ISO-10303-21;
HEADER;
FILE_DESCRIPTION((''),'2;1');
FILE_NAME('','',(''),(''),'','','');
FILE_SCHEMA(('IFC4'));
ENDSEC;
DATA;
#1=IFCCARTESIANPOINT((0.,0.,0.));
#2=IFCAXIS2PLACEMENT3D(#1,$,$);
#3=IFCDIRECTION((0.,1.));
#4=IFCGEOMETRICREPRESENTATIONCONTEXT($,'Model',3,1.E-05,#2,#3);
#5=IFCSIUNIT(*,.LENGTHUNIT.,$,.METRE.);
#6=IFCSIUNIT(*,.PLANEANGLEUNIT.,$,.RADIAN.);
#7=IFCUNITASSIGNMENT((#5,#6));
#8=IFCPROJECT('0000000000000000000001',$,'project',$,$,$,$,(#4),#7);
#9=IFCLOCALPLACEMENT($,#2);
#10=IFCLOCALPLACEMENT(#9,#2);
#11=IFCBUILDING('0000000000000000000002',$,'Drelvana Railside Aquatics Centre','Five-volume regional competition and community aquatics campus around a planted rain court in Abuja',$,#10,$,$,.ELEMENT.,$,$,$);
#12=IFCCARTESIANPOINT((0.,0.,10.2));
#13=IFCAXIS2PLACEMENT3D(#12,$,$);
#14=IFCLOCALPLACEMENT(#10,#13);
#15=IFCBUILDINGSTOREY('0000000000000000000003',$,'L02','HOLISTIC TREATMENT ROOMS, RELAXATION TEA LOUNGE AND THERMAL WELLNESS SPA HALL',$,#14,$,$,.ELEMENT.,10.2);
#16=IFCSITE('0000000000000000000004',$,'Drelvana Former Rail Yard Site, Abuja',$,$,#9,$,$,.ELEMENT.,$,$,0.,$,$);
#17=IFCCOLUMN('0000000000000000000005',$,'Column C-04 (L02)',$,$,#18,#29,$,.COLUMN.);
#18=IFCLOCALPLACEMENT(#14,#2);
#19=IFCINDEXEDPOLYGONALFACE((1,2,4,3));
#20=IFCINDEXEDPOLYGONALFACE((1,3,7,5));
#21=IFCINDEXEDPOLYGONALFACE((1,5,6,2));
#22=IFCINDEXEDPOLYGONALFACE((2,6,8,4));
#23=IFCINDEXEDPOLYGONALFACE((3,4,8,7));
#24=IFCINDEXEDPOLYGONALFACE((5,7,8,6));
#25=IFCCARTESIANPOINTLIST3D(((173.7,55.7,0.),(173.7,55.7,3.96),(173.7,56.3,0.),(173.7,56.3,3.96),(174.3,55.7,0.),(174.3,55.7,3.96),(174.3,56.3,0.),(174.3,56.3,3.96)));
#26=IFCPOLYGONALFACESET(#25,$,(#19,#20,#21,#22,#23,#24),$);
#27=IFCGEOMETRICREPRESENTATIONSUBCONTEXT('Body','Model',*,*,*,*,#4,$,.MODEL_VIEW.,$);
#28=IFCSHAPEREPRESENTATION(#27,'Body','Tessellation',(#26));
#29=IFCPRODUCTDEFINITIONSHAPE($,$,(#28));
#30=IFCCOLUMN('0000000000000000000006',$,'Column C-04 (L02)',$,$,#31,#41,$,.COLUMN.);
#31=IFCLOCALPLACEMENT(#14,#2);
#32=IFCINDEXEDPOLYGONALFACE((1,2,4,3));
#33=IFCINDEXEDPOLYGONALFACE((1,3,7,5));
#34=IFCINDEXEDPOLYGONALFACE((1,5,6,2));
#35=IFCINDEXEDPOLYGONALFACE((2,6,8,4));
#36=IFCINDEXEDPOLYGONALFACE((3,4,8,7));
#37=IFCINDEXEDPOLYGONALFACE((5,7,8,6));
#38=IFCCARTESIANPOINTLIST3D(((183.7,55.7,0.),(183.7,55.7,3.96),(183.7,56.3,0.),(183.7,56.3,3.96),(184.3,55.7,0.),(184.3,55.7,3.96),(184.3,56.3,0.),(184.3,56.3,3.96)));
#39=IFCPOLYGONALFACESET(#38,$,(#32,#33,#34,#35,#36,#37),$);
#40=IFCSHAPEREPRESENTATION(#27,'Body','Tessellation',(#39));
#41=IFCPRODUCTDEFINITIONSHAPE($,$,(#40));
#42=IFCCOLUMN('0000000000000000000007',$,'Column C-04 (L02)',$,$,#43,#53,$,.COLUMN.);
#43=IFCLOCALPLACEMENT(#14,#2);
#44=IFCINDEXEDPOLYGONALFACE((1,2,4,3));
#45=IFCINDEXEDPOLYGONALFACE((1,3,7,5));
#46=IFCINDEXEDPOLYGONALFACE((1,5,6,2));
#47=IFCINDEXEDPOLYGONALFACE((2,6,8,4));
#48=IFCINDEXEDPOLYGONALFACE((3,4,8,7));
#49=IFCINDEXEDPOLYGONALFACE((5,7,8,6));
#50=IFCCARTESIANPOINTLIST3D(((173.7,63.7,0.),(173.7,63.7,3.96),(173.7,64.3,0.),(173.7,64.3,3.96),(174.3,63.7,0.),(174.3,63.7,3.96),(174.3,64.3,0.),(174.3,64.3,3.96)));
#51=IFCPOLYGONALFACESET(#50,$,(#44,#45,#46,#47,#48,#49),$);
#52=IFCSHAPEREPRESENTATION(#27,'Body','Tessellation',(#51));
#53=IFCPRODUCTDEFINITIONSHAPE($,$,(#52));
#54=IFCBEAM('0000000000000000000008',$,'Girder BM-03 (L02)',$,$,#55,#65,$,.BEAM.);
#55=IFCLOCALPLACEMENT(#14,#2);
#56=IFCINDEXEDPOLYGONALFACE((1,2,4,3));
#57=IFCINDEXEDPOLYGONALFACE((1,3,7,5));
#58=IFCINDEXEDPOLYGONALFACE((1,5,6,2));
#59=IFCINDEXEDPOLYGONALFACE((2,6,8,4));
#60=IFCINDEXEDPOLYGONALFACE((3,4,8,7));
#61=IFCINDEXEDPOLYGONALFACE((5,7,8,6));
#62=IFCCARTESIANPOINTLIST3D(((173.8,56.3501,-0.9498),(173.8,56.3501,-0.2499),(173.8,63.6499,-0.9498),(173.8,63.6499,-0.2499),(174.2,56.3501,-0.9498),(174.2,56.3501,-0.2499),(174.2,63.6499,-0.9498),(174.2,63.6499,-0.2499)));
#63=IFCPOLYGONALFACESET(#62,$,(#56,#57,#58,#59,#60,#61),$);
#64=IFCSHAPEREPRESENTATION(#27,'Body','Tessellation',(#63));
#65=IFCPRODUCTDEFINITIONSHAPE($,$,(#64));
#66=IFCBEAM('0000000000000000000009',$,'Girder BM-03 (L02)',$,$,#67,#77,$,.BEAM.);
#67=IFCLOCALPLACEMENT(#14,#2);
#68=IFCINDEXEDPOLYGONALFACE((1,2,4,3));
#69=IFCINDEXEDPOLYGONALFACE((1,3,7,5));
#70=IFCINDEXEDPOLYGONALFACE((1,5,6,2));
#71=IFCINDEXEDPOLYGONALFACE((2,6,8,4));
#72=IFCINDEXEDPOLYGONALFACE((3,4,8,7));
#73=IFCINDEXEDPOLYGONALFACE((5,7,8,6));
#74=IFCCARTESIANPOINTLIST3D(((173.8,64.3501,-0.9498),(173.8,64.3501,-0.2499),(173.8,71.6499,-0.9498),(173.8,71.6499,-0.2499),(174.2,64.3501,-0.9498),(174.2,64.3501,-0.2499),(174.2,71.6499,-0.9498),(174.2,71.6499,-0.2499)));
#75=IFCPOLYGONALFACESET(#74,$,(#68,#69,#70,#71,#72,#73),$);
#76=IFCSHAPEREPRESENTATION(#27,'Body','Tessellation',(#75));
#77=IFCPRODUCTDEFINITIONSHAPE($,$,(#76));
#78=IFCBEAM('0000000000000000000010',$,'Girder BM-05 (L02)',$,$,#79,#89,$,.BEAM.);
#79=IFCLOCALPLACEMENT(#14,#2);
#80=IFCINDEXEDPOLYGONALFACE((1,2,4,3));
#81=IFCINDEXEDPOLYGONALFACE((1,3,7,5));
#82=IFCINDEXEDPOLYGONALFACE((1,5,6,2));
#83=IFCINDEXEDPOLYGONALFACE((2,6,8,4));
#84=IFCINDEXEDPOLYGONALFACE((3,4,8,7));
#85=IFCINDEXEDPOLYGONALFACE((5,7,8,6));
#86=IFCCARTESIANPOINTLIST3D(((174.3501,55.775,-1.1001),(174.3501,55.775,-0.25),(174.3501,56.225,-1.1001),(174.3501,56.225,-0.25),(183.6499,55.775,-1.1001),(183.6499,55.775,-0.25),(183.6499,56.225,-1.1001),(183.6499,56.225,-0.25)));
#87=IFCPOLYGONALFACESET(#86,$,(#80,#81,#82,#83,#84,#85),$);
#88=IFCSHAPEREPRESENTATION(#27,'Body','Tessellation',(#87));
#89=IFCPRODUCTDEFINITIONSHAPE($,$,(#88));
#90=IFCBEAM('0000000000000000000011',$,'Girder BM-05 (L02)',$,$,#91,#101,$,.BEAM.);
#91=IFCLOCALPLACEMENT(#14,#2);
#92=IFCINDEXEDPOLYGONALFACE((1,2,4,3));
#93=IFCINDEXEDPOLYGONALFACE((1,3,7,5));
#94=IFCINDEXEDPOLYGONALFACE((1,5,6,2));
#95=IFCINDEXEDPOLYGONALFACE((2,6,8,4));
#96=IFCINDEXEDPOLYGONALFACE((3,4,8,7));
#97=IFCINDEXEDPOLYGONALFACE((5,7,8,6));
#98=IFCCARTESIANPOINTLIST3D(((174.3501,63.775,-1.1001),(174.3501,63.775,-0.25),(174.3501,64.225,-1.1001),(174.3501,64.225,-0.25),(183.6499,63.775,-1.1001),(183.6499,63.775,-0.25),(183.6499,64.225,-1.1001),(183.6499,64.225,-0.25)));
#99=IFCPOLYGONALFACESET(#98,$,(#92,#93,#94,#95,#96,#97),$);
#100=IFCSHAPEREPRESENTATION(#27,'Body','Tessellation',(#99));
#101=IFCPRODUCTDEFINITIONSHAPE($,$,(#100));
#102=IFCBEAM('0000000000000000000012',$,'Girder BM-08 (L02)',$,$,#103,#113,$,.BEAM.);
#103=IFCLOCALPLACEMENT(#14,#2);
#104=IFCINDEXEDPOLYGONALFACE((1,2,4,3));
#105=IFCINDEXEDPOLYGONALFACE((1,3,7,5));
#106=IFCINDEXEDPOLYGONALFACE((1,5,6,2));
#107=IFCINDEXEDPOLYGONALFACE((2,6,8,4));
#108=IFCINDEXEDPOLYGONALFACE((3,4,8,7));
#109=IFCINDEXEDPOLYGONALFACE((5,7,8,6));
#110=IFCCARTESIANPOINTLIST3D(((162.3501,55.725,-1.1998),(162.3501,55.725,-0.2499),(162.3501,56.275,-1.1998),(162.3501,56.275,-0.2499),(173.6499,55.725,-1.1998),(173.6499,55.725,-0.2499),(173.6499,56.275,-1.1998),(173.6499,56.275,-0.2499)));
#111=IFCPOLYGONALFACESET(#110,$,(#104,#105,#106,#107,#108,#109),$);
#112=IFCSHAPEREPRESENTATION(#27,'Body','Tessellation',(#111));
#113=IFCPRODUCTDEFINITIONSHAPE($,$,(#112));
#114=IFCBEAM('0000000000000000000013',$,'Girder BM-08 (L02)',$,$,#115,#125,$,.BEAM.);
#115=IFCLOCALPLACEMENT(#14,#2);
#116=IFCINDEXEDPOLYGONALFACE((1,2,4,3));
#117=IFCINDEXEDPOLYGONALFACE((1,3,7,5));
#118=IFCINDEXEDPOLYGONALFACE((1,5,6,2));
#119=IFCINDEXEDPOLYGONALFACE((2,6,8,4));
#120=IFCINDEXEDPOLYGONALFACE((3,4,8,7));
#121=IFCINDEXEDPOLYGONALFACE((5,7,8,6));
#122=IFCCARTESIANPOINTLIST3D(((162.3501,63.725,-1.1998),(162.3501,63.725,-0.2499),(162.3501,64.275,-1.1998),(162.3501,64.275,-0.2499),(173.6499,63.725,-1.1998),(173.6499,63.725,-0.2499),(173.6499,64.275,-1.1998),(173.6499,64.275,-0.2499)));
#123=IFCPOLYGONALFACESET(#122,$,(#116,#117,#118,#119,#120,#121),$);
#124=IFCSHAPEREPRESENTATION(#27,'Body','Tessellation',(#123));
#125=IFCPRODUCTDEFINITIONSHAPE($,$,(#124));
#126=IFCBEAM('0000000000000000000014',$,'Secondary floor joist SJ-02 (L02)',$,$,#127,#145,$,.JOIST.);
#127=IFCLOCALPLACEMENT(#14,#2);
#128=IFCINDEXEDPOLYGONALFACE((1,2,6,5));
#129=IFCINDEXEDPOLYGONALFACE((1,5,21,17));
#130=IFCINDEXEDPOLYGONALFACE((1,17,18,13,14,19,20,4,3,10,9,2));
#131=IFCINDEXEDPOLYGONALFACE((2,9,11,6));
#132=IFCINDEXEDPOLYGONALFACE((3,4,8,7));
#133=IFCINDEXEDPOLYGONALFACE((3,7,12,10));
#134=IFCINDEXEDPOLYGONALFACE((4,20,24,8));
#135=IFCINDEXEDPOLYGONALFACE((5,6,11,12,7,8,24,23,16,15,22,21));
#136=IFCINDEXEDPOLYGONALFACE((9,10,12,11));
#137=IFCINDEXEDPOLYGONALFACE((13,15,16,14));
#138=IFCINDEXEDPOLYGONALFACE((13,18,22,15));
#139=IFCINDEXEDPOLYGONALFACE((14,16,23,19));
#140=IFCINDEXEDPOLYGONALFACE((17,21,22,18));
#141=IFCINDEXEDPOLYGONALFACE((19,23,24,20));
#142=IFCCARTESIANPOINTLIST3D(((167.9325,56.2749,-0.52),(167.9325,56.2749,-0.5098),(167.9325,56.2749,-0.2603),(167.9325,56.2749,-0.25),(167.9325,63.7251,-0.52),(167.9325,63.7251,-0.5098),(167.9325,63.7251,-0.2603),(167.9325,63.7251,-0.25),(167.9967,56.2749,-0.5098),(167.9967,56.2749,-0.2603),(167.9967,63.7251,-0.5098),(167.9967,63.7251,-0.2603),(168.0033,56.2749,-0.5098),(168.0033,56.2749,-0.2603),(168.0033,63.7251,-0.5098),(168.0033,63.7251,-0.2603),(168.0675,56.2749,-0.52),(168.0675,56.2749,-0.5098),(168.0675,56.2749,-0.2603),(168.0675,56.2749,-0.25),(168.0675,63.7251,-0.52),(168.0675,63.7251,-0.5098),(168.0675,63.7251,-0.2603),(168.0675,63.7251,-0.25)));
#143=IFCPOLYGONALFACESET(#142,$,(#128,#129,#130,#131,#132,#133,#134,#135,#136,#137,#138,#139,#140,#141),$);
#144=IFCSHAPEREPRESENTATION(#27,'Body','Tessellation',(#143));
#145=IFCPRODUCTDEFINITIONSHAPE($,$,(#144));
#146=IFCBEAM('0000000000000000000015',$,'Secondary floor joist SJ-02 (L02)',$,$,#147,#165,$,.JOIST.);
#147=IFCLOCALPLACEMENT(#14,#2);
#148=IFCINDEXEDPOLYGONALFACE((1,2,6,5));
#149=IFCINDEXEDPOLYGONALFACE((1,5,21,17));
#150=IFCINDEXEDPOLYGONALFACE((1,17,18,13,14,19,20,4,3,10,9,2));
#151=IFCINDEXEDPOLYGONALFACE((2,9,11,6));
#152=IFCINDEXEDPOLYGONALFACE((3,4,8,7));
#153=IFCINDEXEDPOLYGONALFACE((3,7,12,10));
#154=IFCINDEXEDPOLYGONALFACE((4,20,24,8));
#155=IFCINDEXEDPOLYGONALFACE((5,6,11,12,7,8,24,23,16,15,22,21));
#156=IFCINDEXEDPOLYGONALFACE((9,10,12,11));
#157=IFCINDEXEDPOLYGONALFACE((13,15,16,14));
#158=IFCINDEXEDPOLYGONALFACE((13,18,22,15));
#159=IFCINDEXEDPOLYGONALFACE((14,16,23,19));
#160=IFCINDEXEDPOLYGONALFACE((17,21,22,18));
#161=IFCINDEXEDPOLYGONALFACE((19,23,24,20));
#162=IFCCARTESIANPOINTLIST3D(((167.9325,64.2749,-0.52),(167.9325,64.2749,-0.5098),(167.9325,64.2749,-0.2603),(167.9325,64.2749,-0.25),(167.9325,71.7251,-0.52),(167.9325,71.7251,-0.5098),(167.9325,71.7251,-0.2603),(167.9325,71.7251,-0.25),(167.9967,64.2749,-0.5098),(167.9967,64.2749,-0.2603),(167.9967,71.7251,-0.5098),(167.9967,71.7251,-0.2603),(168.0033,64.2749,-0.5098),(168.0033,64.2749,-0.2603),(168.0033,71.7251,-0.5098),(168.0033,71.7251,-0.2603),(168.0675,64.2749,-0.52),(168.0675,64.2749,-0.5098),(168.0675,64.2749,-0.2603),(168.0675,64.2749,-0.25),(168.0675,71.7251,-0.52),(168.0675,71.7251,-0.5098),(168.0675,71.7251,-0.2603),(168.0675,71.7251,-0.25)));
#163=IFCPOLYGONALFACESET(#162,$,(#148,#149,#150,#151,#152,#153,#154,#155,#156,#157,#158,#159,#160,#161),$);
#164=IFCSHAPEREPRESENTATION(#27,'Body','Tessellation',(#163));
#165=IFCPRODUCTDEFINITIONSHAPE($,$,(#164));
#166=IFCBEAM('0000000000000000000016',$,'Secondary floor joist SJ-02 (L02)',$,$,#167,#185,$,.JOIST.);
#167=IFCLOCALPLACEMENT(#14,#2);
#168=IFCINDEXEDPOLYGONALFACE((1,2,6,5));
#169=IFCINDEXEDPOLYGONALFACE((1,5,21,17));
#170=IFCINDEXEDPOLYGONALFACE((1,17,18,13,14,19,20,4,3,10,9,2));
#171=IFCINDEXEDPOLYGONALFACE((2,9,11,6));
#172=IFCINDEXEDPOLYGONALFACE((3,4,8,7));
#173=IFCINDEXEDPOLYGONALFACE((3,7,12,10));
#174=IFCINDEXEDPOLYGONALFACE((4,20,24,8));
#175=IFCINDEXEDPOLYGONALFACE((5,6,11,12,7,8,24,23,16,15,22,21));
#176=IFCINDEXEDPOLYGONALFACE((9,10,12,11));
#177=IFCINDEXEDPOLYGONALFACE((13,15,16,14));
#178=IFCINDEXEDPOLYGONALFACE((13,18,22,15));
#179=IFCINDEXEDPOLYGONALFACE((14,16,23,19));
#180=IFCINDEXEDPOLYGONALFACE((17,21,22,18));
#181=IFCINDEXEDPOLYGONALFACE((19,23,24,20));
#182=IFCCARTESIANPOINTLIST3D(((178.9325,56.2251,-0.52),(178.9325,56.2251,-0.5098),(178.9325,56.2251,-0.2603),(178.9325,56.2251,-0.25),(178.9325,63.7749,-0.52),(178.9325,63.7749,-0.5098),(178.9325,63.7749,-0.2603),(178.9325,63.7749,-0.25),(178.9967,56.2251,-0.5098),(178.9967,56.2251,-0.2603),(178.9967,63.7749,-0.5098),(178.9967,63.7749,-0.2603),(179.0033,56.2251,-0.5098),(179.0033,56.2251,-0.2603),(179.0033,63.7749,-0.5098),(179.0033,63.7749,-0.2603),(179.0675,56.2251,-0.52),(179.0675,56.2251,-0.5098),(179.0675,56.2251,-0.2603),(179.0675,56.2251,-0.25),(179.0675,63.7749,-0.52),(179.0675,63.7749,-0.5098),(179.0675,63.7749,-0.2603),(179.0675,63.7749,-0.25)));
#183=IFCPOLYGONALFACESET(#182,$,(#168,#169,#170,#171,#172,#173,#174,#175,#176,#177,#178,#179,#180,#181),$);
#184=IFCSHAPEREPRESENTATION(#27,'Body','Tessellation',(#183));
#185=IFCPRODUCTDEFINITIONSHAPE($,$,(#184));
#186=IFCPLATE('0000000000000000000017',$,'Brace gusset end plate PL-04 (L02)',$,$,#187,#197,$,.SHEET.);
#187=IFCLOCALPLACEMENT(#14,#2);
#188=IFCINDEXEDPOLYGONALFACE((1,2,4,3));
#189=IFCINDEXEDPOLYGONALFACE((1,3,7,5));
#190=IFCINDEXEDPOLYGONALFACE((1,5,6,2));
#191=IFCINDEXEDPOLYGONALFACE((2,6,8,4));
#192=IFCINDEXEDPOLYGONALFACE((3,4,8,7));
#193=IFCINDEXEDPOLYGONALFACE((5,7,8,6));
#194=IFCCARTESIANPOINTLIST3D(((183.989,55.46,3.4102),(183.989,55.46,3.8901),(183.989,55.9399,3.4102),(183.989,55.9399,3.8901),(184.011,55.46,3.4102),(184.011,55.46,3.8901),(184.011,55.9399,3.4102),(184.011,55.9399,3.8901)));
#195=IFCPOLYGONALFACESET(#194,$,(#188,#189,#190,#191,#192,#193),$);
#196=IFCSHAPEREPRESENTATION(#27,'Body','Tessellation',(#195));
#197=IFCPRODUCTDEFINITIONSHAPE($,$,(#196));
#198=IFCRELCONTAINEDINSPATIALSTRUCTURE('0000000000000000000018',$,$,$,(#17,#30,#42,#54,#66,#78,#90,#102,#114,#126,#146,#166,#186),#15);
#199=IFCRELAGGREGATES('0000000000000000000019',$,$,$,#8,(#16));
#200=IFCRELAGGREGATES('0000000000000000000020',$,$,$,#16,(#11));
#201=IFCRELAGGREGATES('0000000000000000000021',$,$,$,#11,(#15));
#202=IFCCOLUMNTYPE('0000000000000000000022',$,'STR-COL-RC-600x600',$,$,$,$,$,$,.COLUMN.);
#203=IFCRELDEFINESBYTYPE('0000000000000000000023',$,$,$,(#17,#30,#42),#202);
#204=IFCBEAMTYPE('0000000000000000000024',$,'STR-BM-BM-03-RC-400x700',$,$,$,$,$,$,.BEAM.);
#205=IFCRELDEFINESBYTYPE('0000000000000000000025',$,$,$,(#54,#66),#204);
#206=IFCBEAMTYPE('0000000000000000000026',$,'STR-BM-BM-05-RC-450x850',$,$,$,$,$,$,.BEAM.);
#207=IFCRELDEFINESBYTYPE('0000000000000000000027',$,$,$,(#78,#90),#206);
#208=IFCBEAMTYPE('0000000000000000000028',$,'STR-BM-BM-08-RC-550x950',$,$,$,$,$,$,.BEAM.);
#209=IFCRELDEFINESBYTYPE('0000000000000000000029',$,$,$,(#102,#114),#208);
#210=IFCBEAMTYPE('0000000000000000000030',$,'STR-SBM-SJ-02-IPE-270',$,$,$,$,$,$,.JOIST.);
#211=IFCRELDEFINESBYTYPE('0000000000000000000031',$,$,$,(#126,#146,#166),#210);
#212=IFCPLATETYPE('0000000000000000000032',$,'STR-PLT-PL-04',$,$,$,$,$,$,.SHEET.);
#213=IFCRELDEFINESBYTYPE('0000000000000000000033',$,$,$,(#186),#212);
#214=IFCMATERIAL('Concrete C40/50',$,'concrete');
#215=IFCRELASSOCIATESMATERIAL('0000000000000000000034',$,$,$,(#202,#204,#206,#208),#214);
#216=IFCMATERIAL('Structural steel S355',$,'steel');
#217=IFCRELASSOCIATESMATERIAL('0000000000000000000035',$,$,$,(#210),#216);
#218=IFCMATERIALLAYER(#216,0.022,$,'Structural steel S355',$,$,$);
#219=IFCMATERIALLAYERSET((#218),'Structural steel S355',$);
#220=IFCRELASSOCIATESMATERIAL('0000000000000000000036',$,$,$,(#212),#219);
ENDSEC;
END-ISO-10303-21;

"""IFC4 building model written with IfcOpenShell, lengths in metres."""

from ifc_helpers import new_model, si_unit, direction, frame, origin, origin_2d, place, context, subcontext, project, spatial, rectangle, i_section, extrude, material, layer, layer_set, material_profile, profile_set, type_object, element, save


model = new_model("IFC4")

# Units and contexts
model_context = context("Model", 3, precision=1e-05, world=origin(), true_north=direction((0.0, 1.0)))
body_context = subcontext(model_context, "Body", "Model", "MODEL_VIEW")
ifc_project = project(units=[si_unit("LENGTHUNIT", "METRE"), si_unit("PLANEANGLEUNIT", "RADIAN")], contexts=[model_context])

# Site, building, storey
site_placement = place(None, origin())
site = spatial("IfcSite", under=ifc_project, at=site_placement, Name="Drelvana Former Rail Yard Site, Abuja", CompositionType="ELEMENT", RefElevation=0.0)
building_placement = place(site_placement, origin())
building = spatial("IfcBuilding", under=site, at=building_placement, Name="Drelvana Railside Aquatics Centre", Description="Five-volume regional competition and community aquatics campus around a planted rain court in Abuja", CompositionType="ELEMENT")
storey_placement = place(building_placement, frame((0.0, 0.0, 10.2)))
storey = spatial("IfcBuildingStorey", under=building, at=storey_placement, Name="L02", Description="HOLISTIC TREATMENT ROOMS, RELAXATION TEA LOUNGE AND THERMAL WELLNESS SPA HALL", CompositionType="ELEMENT", Elevation=10.2)

# Columns
ifc_material_1 = material(Name="Concrete C40/50", Category="concrete")
ifc_material_profile_1 = material_profile(ifc_material_1, rectangle(XDim=0.6001, YDim=0.6001, at=origin_2d()), Name="RC 600x600")
ifc_profile_set_1 = profile_set([ifc_material_profile_1], Name="Concrete C40/50")
column_type = type_object("IfcColumnType", Name="STR-COL-RC-600x600", PredefinedType="COLUMN", material=ifc_profile_set_1)
for number, where, z_axis, x_axis, name in (
    (1, (174.0, 56.0, 0.0), (0.0, 0.0, 1.0), (1.0, 0.0, 0.0), "Column C-04 (L02)"),
    (2, (184.0, 56.0, 0.0), (0.0, 0.0, 1.0), (1.0, 0.0, 0.0), "Column C-04 (L02)"),
    (3, (174.0, 64.0, 0.0), (0.0, 0.0, 1.0), (1.0, 0.0, 0.0), "Column C-04 (L02)"),
):
    element("IfcColumn", number, at=place(storey_placement, frame(where, z_axis=z_axis, x_axis=x_axis)), inside=storey, type_object=column_type, Name=name, PredefinedType="COLUMN", context=body_context, shape_type="SweptSolid", body=[
        extrude(rectangle(XDim=0.6001, YDim=0.6001, at=origin_2d()), origin(), (0.0, 0.0, 1.0), 3.96),
    ])

# Beams
ifc_material_profile_2 = material_profile(ifc_material_1, rectangle(XDim=0.3999, YDim=0.7, at=origin_2d()), Name="RC 400x700")
ifc_profile_set_2 = profile_set([ifc_material_profile_2], Name="Concrete C40/50")
beam_type_1 = type_object("IfcBeamType", Name="STR-BM-BM-03-RC-400x700", PredefinedType="BEAM", material=ifc_profile_set_2)
for number, where, z_axis, x_axis, name in (
    (4, (174.0, 56.3501, -0.5999), (0.0, 1.0, 0.0), (-1.0, 0.0, 0.0), "Girder BM-03 (L02)"),
    (5, (174.0, 64.3501, -0.5999), (0.0, 1.0, 0.0), (-1.0, 0.0, 0.0), "Girder BM-03 (L02)"),
):
    element("IfcBeam", number, at=place(storey_placement, frame(where, z_axis=z_axis, x_axis=x_axis)), inside=storey, type_object=beam_type_1, Name=name, PredefinedType="BEAM", context=body_context, shape_type="SweptSolid", body=[
        extrude(rectangle(XDim=0.3999, YDim=0.7, at=origin_2d()), origin(), (0.0, 0.0, 1.0), 7.2998),
    ])
ifc_material_profile_3 = material_profile(ifc_material_1, rectangle(XDim=0.45, YDim=0.8501, at=origin_2d()), Name="RC 450x850")
ifc_profile_set_3 = profile_set([ifc_material_profile_3], Name="Concrete C40/50")
beam_type_2 = type_object("IfcBeamType", Name="STR-BM-BM-05-RC-450x850", PredefinedType="BEAM", material=ifc_profile_set_3)
for number, where, z_axis, x_axis, name in (
    (6, (174.3501, 56.0, -0.675), (1.0, 0.0, 0.0), (0.0, 1.0, 0.0), "Girder BM-05 (L02)"),
    (7, (174.3501, 64.0, -0.675), (1.0, 0.0, 0.0), (0.0, 1.0, 0.0), "Girder BM-05 (L02)"),
):
    element("IfcBeam", number, at=place(storey_placement, frame(where, z_axis=z_axis, x_axis=x_axis)), inside=storey, type_object=beam_type_2, Name=name, PredefinedType="BEAM", context=body_context, shape_type="SweptSolid", body=[
        extrude(rectangle(XDim=0.45, YDim=0.8501, at=origin_2d()), origin(), (0.0, 0.0, 1.0), 9.2998),
    ])
ifc_material_profile_4 = material_profile(ifc_material_1, rectangle(XDim=0.55, YDim=0.95, at=origin_2d()), Name="RC 550x950")
ifc_profile_set_4 = profile_set([ifc_material_profile_4], Name="Concrete C40/50")
beam_type_3 = type_object("IfcBeamType", Name="STR-BM-BM-08-RC-550x950", PredefinedType="BEAM", material=ifc_profile_set_4)
for number, where, z_axis, x_axis, name in (
    (8, (162.3501, 56.0, -0.7249), (1.0, 0.0, 0.0), (0.0, 1.0, 0.0), "Girder BM-08 (L02)"),
    (9, (162.3501, 64.0, -0.7249), (1.0, 0.0, 0.0), (0.0, 1.0, 0.0), "Girder BM-08 (L02)"),
):
    element("IfcBeam", number, at=place(storey_placement, frame(where, z_axis=z_axis, x_axis=x_axis)), inside=storey, type_object=beam_type_3, Name=name, PredefinedType="BEAM", context=body_context, shape_type="SweptSolid", body=[
        extrude(rectangle(XDim=0.55, YDim=0.95, at=origin_2d()), origin(), (0.0, 0.0, 1.0), 11.2998),
    ])
ifc_material_2 = material(Name="Structural steel S355", Category="steel")
ifc_material_profile_5 = material_profile(ifc_material_2, i_section(OverallWidth=0.135, OverallDepth=0.27, WebThickness=0.0066, FlangeThickness=0.0103, at=origin_2d()), Name="IPE 270")
ifc_profile_set_5 = profile_set([ifc_material_profile_5], Name="Structural steel S355")
beam_type_4 = type_object("IfcBeamType", Name="STR-SBM-SJ-02-IPE-270", PredefinedType="JOIST", material=ifc_profile_set_5)
for number, where, z_axis, x_axis, name in (
    (10, (168.0, 56.2749, -0.385), (0.0, 1.0, 0.0), (-1.0, 0.0, 0.0), "Secondary floor joist SJ-02 (L02)"),
    (11, (168.0, 64.2749, -0.385), (0.0, 1.0, 0.0), (-1.0, 0.0, 0.0), "Secondary floor joist SJ-02 (L02)"),
):
    element("IfcBeam", number, at=place(storey_placement, frame(where, z_axis=z_axis, x_axis=x_axis)), inside=storey, type_object=beam_type_4, Name=name, PredefinedType="JOIST", context=body_context, shape_type="SweptSolid", body=[
        extrude(i_section(OverallWidth=0.135, OverallDepth=0.27, WebThickness=0.0066, FlangeThickness=0.0103, at=origin_2d()), origin(), (0.0, 0.0, 1.0), 7.4502),
    ])
beam_placement = place(storey_placement, frame((179.0, 56.2251, -0.385), z_axis=(0.0, 1.0, 0.0), x_axis=(-1.0, 0.0, 0.0)))
element("IfcBeam", 12, at=beam_placement, inside=storey, type_object=beam_type_4, Name="Secondary floor joist SJ-02 (L02)", PredefinedType="JOIST", context=body_context, shape_type="SweptSolid", body=[
    extrude(i_section(OverallWidth=0.135, OverallDepth=0.27, WebThickness=0.0066, FlangeThickness=0.0103, at=origin_2d()), origin(), (0.0, 0.0, 1.0), 7.5498),
])

# Plate
ifc_layer_1 = layer(ifc_material_2, 0.022, Name="Structural steel S355")
ifc_layer_set_1 = layer_set([ifc_layer_1], Name="Structural steel S355")
plate_type = type_object("IfcPlateType", Name="STR-PLT-PL-04", PredefinedType="SHEET", material=ifc_layer_set_1)
plate_placement = place(storey_placement, frame((184.0, 55.7, 3.4102), z_axis=(0.0, 0.0, 1.0), x_axis=(1.0, 0.0, 0.0)))
element("IfcPlate", 13, at=plate_placement, inside=storey, type_object=plate_type, Name="Brace gusset end plate PL-04 (L02)", PredefinedType="SHEET", context=body_context, shape_type="SweptSolid", body=[
    extrude(rectangle(XDim=0.022, YDim=0.48, at=origin_2d()), origin(), (0.0, 0.0, 1.0), 0.48),
])

save(model, "model.ifc")
